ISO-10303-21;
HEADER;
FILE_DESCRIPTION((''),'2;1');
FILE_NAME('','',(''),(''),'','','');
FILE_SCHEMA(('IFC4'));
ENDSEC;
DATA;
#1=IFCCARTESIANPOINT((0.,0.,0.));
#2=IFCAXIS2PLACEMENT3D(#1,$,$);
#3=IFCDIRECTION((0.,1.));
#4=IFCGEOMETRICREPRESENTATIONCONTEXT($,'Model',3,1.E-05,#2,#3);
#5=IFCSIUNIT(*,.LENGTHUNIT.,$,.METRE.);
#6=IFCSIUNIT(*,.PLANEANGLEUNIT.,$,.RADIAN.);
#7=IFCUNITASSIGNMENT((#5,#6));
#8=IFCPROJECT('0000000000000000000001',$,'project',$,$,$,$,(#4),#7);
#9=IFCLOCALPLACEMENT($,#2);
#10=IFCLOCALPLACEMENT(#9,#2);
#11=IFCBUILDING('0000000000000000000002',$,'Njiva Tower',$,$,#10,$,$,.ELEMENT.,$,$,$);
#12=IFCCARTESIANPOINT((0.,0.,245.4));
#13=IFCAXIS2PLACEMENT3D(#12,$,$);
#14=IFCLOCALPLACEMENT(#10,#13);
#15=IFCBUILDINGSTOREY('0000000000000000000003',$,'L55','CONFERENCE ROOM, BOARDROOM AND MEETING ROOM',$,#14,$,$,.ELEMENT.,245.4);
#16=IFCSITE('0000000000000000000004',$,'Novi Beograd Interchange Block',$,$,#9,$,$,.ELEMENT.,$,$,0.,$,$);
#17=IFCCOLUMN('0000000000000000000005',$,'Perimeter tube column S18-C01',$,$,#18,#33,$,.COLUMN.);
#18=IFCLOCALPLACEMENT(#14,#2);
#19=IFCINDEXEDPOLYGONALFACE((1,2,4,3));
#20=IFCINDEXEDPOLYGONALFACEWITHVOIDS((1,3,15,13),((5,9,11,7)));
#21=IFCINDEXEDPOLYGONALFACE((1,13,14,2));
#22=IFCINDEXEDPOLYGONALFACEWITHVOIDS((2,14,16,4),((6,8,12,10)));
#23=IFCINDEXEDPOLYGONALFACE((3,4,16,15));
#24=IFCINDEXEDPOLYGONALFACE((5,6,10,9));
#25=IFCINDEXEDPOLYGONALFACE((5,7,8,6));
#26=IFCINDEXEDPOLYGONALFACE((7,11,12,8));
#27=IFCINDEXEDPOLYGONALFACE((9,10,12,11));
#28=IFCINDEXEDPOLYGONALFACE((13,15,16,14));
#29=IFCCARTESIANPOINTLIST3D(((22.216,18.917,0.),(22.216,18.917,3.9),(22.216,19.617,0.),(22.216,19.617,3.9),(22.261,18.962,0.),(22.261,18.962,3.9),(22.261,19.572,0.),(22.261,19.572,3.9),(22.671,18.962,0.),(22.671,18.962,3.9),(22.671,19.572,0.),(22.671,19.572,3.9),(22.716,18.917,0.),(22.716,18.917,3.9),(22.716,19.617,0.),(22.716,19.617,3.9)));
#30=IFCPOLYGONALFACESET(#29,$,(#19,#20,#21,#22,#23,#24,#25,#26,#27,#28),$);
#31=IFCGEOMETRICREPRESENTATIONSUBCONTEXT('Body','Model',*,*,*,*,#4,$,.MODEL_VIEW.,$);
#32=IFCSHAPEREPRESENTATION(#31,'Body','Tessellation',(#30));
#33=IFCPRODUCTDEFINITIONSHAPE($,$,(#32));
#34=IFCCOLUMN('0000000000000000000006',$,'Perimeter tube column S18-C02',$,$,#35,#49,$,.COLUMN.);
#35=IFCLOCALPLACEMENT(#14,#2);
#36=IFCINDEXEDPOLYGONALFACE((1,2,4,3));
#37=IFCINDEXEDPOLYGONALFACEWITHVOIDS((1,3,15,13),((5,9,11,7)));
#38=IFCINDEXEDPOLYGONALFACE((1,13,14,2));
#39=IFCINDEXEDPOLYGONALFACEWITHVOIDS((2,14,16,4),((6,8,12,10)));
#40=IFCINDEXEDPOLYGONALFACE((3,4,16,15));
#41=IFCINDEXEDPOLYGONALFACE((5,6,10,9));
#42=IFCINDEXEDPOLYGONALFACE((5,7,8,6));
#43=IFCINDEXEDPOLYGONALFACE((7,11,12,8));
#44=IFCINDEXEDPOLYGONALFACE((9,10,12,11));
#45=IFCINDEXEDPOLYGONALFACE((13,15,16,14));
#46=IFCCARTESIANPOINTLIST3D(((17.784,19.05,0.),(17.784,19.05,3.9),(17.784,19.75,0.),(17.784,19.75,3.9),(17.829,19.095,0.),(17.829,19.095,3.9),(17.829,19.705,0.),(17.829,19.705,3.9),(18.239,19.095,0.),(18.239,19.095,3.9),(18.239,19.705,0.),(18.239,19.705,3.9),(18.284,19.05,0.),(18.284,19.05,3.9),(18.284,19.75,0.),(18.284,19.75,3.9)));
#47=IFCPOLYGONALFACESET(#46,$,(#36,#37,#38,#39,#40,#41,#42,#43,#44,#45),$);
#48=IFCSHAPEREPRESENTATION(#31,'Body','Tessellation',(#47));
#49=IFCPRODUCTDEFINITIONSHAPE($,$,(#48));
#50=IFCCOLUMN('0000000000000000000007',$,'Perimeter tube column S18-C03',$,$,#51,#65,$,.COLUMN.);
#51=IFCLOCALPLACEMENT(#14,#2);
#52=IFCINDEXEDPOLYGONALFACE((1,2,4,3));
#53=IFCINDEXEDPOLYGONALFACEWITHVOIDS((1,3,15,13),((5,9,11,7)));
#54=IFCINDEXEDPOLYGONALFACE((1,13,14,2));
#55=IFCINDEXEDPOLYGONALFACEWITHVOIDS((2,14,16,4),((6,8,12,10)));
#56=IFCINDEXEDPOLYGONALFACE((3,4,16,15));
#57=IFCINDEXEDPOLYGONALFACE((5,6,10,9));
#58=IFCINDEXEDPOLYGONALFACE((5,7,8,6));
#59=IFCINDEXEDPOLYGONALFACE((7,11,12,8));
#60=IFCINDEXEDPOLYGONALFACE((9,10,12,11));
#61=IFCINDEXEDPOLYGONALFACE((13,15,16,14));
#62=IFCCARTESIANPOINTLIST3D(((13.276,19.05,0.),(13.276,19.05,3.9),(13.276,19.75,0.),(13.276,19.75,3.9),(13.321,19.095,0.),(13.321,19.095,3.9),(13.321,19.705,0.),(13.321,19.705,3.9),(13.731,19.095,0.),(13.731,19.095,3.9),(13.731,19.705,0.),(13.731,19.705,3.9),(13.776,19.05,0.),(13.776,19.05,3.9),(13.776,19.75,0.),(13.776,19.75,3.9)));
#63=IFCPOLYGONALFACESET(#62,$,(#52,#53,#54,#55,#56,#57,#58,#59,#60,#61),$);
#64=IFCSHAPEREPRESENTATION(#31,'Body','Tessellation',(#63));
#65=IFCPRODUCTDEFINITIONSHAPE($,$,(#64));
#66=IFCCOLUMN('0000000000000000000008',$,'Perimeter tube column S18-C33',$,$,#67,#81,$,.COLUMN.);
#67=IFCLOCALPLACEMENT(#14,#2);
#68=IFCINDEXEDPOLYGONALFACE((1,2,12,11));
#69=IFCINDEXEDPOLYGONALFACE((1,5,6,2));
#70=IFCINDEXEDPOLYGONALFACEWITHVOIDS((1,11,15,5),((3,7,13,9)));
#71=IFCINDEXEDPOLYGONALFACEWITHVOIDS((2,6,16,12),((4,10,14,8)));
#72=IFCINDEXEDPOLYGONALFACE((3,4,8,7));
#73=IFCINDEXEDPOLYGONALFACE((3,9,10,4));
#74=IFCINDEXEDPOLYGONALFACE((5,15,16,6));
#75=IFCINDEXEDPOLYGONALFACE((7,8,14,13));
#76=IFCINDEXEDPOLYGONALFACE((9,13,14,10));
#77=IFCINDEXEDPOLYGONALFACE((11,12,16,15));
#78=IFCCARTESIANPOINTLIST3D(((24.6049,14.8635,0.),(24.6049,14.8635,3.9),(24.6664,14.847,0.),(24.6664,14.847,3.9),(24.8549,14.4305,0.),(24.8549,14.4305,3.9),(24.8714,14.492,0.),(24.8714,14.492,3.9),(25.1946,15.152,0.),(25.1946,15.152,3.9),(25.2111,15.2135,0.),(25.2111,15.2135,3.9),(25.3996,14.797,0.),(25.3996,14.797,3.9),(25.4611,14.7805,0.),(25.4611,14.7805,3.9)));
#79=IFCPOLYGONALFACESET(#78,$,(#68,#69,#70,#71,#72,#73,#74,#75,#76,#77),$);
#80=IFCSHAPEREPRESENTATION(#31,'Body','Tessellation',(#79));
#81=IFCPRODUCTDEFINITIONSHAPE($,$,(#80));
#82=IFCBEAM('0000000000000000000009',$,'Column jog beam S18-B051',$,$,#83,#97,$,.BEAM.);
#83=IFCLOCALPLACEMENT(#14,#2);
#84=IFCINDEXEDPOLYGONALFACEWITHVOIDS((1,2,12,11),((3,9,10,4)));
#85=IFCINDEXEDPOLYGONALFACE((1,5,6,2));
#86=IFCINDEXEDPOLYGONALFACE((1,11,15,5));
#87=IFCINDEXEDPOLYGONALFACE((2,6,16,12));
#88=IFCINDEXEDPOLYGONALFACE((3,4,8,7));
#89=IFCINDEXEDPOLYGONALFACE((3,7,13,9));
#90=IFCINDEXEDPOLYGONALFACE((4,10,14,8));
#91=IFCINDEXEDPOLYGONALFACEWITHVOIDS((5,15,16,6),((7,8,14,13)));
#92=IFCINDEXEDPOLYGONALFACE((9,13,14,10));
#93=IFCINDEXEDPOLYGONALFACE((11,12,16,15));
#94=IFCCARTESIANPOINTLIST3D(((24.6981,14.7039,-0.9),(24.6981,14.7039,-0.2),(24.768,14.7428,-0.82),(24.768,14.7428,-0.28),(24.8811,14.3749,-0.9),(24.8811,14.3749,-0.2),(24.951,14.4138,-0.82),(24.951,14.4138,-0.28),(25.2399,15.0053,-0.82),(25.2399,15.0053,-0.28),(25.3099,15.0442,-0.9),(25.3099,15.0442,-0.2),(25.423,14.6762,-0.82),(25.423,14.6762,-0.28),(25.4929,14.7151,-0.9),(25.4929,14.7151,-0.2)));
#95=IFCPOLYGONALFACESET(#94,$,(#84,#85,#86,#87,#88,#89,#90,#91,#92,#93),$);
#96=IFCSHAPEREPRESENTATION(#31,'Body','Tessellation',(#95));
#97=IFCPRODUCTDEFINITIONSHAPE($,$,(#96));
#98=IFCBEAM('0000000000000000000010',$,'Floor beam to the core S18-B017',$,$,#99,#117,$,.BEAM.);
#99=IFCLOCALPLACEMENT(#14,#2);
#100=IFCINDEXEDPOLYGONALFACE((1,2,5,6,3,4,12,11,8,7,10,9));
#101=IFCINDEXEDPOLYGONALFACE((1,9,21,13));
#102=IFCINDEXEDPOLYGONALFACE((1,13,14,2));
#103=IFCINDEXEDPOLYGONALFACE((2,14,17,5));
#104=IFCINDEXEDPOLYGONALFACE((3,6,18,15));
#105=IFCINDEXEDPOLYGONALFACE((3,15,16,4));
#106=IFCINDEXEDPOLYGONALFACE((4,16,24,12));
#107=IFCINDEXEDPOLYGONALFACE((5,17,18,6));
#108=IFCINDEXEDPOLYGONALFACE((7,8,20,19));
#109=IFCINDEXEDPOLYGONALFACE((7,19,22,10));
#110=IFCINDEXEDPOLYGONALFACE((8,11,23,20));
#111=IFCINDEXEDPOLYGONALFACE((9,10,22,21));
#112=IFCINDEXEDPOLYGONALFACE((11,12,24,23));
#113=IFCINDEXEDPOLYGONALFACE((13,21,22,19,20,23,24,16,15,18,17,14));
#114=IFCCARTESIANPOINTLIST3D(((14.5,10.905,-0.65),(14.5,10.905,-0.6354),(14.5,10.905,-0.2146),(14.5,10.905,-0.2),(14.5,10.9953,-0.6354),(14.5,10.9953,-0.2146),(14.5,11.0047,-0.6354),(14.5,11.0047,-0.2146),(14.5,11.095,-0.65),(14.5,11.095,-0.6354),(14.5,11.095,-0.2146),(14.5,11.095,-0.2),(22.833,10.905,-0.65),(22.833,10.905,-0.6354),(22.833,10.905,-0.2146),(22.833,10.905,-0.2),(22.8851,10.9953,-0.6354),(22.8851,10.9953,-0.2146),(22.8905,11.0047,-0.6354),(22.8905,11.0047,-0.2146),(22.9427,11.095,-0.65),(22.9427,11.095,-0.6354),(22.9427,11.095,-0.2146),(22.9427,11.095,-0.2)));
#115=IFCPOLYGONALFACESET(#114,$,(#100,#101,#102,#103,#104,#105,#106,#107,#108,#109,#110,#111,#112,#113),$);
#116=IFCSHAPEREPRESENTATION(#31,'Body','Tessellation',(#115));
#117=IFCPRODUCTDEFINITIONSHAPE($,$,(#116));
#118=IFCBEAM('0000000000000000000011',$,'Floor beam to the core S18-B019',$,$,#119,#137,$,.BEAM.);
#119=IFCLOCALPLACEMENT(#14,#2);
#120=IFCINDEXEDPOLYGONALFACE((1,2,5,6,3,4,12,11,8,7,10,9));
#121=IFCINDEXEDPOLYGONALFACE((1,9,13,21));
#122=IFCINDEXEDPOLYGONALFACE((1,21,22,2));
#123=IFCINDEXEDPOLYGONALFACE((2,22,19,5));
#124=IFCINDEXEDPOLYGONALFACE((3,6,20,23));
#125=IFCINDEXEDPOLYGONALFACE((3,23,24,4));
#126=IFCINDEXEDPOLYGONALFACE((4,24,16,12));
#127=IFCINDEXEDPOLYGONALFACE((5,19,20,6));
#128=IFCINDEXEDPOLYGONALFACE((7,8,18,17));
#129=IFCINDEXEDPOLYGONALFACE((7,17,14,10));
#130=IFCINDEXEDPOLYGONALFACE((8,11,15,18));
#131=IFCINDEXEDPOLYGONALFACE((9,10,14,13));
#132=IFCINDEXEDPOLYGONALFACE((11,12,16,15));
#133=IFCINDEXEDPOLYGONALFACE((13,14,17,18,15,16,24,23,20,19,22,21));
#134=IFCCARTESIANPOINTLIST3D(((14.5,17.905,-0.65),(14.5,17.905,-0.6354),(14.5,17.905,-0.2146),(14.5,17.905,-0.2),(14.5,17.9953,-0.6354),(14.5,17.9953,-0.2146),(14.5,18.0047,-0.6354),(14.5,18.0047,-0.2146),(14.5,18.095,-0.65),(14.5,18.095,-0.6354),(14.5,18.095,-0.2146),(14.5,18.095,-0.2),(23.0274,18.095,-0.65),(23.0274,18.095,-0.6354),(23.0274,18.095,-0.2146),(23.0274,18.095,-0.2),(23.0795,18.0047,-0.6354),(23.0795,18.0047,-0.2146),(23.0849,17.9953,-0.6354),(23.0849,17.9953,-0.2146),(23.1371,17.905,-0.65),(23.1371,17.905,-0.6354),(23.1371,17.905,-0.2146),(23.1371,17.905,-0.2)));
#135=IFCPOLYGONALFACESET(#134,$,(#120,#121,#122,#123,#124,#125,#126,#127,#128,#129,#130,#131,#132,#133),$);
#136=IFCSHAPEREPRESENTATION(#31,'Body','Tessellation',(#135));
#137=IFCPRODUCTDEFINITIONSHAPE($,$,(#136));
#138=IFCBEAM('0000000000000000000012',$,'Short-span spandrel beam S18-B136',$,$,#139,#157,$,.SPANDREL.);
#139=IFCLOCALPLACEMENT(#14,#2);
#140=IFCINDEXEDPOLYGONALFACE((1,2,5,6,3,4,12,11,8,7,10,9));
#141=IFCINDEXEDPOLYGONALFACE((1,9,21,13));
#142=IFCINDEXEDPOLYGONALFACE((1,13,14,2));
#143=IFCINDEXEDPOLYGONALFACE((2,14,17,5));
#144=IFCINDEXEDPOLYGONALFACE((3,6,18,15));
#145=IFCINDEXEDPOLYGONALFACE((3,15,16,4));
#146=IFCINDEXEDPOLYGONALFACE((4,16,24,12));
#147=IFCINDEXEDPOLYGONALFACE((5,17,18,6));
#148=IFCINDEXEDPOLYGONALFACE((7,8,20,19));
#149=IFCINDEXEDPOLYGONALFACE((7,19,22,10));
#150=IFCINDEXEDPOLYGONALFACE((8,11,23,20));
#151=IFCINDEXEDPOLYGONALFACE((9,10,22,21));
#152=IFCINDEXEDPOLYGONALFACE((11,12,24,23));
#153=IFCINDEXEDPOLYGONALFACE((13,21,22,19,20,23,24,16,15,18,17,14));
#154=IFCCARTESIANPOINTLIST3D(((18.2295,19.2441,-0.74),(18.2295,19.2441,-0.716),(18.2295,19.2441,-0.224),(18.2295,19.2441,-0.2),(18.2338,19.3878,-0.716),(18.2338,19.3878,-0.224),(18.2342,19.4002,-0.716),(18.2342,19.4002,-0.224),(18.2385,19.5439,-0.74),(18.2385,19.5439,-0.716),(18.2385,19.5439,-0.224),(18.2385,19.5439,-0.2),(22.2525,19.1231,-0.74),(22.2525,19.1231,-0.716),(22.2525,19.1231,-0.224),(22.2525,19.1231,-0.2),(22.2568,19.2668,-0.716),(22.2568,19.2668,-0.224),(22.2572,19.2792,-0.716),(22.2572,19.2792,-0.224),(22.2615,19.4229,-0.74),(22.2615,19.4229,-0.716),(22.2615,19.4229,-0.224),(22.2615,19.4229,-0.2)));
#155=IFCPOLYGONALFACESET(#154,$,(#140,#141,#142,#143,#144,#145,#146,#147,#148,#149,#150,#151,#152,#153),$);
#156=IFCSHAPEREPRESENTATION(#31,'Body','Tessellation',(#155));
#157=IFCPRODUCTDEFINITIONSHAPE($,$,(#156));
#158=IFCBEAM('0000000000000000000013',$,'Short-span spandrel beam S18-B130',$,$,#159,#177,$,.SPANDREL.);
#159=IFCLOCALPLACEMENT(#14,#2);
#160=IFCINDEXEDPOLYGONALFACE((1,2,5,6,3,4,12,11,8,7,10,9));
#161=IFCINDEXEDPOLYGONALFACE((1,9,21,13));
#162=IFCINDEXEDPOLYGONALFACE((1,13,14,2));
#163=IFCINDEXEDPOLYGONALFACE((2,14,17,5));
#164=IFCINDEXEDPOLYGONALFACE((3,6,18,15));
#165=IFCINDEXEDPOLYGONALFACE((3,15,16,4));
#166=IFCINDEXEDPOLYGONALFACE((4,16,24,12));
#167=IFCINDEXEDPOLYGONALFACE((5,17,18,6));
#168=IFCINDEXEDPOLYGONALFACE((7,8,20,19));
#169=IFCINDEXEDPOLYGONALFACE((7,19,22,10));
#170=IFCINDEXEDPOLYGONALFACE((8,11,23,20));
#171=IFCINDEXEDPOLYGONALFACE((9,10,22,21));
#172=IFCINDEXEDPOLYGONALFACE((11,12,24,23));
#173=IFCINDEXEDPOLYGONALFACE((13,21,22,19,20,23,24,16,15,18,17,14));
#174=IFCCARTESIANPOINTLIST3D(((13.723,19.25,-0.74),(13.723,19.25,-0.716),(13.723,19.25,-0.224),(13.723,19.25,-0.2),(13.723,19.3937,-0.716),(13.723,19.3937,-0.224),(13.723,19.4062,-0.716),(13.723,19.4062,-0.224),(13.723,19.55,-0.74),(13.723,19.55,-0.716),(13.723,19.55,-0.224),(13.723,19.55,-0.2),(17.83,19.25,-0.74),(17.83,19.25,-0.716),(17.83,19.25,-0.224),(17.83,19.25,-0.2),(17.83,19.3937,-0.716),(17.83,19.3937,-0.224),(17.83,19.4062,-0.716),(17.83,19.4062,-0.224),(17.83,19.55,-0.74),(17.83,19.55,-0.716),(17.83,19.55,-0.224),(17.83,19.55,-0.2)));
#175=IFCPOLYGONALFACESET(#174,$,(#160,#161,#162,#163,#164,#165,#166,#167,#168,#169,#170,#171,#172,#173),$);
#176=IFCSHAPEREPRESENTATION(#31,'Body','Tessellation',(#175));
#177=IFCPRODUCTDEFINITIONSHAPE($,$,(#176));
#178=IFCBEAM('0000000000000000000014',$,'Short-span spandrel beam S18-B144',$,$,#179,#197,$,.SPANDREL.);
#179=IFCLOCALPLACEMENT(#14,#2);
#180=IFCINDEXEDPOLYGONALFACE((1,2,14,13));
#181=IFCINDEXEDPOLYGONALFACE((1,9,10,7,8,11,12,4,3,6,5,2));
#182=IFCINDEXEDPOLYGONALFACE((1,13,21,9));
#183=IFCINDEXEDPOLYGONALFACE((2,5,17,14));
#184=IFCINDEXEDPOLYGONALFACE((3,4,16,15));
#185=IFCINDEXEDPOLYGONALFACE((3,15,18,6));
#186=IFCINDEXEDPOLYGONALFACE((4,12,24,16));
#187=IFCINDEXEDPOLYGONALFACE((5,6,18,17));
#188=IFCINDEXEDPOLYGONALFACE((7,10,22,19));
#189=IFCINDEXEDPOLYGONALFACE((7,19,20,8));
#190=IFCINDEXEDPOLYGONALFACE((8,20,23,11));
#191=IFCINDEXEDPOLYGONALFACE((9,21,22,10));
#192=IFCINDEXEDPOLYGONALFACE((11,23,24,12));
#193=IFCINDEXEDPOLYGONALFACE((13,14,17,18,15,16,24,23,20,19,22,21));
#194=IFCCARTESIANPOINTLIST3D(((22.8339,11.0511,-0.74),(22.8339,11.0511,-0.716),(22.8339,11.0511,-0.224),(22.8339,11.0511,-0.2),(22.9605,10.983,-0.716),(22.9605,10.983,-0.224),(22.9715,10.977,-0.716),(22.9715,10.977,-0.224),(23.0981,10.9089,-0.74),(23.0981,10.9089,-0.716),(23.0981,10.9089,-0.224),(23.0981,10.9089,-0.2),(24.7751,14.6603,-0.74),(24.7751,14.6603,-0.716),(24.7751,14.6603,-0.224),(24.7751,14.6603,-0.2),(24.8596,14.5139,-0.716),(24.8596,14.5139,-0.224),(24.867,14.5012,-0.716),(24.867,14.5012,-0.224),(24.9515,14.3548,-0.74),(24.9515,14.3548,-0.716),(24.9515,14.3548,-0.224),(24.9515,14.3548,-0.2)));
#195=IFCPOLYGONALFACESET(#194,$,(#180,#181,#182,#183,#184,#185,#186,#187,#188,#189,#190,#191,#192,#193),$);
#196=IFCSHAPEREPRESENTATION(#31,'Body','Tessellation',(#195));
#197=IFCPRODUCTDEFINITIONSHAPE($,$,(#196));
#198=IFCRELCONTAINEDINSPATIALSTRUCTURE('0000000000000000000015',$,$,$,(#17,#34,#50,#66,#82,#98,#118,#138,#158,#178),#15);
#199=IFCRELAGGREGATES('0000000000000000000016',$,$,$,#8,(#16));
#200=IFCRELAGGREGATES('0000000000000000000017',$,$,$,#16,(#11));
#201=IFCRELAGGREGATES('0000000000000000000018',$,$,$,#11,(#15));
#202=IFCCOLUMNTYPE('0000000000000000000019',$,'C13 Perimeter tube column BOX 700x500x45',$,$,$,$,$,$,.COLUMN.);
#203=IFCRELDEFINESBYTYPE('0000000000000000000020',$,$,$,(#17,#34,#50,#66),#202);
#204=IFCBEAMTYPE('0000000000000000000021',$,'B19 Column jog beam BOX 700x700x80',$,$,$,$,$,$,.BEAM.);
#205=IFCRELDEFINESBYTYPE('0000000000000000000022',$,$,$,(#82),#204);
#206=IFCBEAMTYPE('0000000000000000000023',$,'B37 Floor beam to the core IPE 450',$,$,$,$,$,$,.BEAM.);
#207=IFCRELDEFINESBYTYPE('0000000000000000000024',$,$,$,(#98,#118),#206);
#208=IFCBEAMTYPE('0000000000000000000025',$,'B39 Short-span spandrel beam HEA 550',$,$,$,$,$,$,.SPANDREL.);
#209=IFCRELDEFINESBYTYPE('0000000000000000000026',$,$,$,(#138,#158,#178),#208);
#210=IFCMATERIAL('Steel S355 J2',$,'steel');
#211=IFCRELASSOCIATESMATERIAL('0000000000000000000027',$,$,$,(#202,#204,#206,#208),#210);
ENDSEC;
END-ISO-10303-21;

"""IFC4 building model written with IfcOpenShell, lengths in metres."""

from ifc_helpers import new_model, si_unit, direction, frame, origin, origin_2d, place, context, subcontext, project, spatial, hollow_rectangle, i_section, extrude, clip, halfspace, material, material_profile, profile_set, type_object, element, save


model = new_model("IFC4")

# Units and contexts
model_context = context("Model", 3, precision=1e-05, world=origin(), true_north=direction((0.0, 1.0)))
body_context = subcontext(model_context, "Body", "Model", "MODEL_VIEW")
ifc_project = project(units=[si_unit("LENGTHUNIT", "METRE"), si_unit("PLANEANGLEUNIT", "RADIAN")], contexts=[model_context])

# Site, building, storey
site_placement = place(None, origin())
site = spatial("IfcSite", under=ifc_project, at=site_placement, Name="Novi Beograd Interchange Block", CompositionType="ELEMENT", RefElevation=0.0)
building_placement = place(site_placement, origin())
building = spatial("IfcBuilding", under=site, at=building_placement, Name="Njiva Tower", CompositionType="ELEMENT")
storey_placement = place(building_placement, frame((0.0, 0.0, 245.4)))
storey = spatial("IfcBuildingStorey", under=building, at=storey_placement, Name="L55", Description="CONFERENCE ROOM, BOARDROOM AND MEETING ROOM", CompositionType="ELEMENT", Elevation=245.4)

# Columns
ifc_material_1 = material(Name="Steel S355 J2", Category="steel")
ifc_material_profile_1 = material_profile(ifc_material_1, hollow_rectangle(XDim=0.5, YDim=0.7, WallThickness=0.045, at=origin_2d()), Name="BOX 700x500x45")
ifc_profile_set_1 = profile_set([ifc_material_profile_1], Name="Steel S355 J2")
column_type = type_object("IfcColumnType", Name="C13 Perimeter tube column BOX 700x500x45", PredefinedType="COLUMN", material=ifc_profile_set_1)
for number, where, z_axis, x_axis, name in (
    (1, (22.466, 19.267, 0.0), (0.0, 0.0, 1.0), (-1.0, 0.0, 0.0), "Perimeter tube column S18-C01"),
    (2, (18.034, 19.4, 0.0), (0.0, 0.0, 1.0), (-1.0, 0.0, 0.0), "Perimeter tube column S18-C02"),
    (3, (13.526, 19.4, 0.0), (0.0, 0.0, 1.0), (-1.0, 0.0, 0.0), "Perimeter tube column S18-C03"),
    (4, (25.033, 14.822, 0.0), (0.0, 0.0, 1.0), (-0.5, 0.866025, 0.0), "Perimeter tube column S18-C33"),
):
    element("IfcColumn", number, at=place(storey_placement, frame(where, z_axis=z_axis, x_axis=x_axis)), inside=storey, type_object=column_type, Name=name, PredefinedType="COLUMN", context=body_context, shape_type="SweptSolid", body=[
        extrude(hollow_rectangle(XDim=0.5, YDim=0.7, WallThickness=0.045, at=origin_2d()), origin(), (0.0, 0.0, 1.0), 3.9),
    ])

# Beams
ifc_material_profile_2 = material_profile(ifc_material_1, hollow_rectangle(XDim=0.7, YDim=0.7, WallThickness=0.08, at=origin_2d()), Name="BOX 700x700x80")
ifc_profile_set_2 = profile_set([ifc_material_profile_2], Name="Steel S355 J2")
beam_type_1 = type_object("IfcBeamType", Name="B19 Column jog beam BOX 700x700x80", PredefinedType="BEAM", material=ifc_profile_set_2)
beam_1_placement = place(storey_placement, frame((25.187, 14.545, -0.55), z_axis=(-0.486094, 0.873907, 0.0), x_axis=(-0.873907, -0.486094, 0.0)))
element("IfcBeam", 5, at=beam_1_placement, inside=storey, type_object=beam_type_1, Name="Column jog beam S18-B051", PredefinedType="BEAM", context=body_context, shape_type="SweptSolid", body=[
    extrude(hollow_rectangle(XDim=0.7, YDim=0.7, WallThickness=0.08, at=origin_2d()), origin(), (0.0, 0.0, 1.0), 0.3765),
])
ifc_material_profile_3 = material_profile(ifc_material_1, i_section(OverallWidth=0.19, OverallDepth=0.45, WebThickness=0.0094, FlangeThickness=0.0146, at=origin_2d()), Name="IPE 450")
ifc_profile_set_3 = profile_set([ifc_material_profile_3], Name="Steel S355 J2")
beam_type_2 = type_object("IfcBeamType", Name="B37 Floor beam to the core IPE 450", PredefinedType="BEAM", material=ifc_profile_set_3)
beam_2_placement = place(storey_placement, frame((14.5, 11.0, -0.425), z_axis=(1.0, 0.0, 0.0), x_axis=(0.0, 1.0, 0.0)))
element("IfcBeam", 6, at=beam_2_placement, inside=storey, type_object=beam_type_2, Name="Floor beam to the core S18-B017", PredefinedType="BEAM", context=body_context, shape_type="Clipping", body=[
    clip(extrude(i_section(OverallWidth=0.19, OverallDepth=0.45, WebThickness=0.0094, FlangeThickness=0.0146, at=origin_2d()), origin(), (0.0, 0.0, 1.0), 8.463), halfspace(frame((-0.025, 0.0, 8.3734), z_axis=(-0.499998, 0.0, 0.866027), x_axis=(0.0, 1.0, 0.0)), False)),
])
beam_3_placement = place(storey_placement, frame((14.5, 18.0, -0.425), z_axis=(1.0, 0.0, 0.0), x_axis=(0.0, 1.0, 0.0)))
element("IfcBeam", 7, at=beam_3_placement, inside=storey, type_object=beam_type_2, Name="Floor beam to the core S18-B019", PredefinedType="BEAM", context=body_context, shape_type="Clipping", body=[
    clip(extrude(i_section(OverallWidth=0.19, OverallDepth=0.45, WebThickness=0.0094, FlangeThickness=0.0146, at=origin_2d()), origin(), (0.0, 0.0, 1.0), 8.657), halfspace(frame((0.025, 0.0, 8.5678), z_axis=(0.499998, 0.0, 0.866027), x_axis=(0.0, 1.0, 0.0)), False)),
])
ifc_material_profile_4 = material_profile(ifc_material_1, i_section(OverallWidth=0.3, OverallDepth=0.54, WebThickness=0.0125, FlangeThickness=0.024, at=origin_2d()), Name="HEA 550")
ifc_profile_set_4 = profile_set([ifc_material_profile_4], Name="Steel S355 J2")
beam_type_3 = type_object("IfcBeamType", Name="B39 Short-span spandrel beam HEA 550", PredefinedType="SPANDREL", material=ifc_profile_set_4)
beam_4_placement = place(storey_placement, frame((22.257, 19.273, -0.47), z_axis=(-0.999548, 0.030063, 0.0), x_axis=(-0.030063, -0.999548, 0.0)))
element("IfcBeam", 8, at=beam_4_placement, inside=storey, type_object=beam_type_3, Name="Short-span spandrel beam S18-B136", PredefinedType="SPANDREL", context=body_context, shape_type="SweptSolid", body=[
    extrude(i_section(OverallWidth=0.3, OverallDepth=0.54, WebThickness=0.0125, FlangeThickness=0.024, at=origin_2d()), origin(), (0.0, 0.0, 1.0), 4.0248),
])
beam_5_placement = place(storey_placement, frame((17.83, 19.4, -0.47), z_axis=(-1.0, 0.0, 0.0), x_axis=(0.0, -1.0, 0.0)))
element("IfcBeam", 9, at=beam_5_placement, inside=storey, type_object=beam_type_3, Name="Short-span spandrel beam S18-B130", PredefinedType="SPANDREL", context=body_context, shape_type="SweptSolid", body=[
    extrude(i_section(OverallWidth=0.3, OverallDepth=0.54, WebThickness=0.0125, FlangeThickness=0.024, at=origin_2d()), origin(), (0.0, 0.0, 1.0), 4.107),
])
beam_6_placement = place(storey_placement, frame((22.966, 10.98, -0.47), z_axis=(0.473683, 0.880696, 0.0), x_axis=(-0.880696, 0.473683, 0.0)))
element("IfcBeam", 10, at=beam_6_placement, inside=storey, type_object=beam_type_3, Name="Short-span spandrel beam S18-B144", PredefinedType="SPANDREL", context=body_context, shape_type="Clipping", body=[
    clip(extrude(i_section(OverallWidth=0.3, OverallDepth=0.54, WebThickness=0.0125, FlangeThickness=0.024, at=origin_2d()), origin(), (0.0, 0.0, 1.0), 4.1178), halfspace(frame((-0.0264, 0.0, 3.9891), z_axis=(-0.525865, 0.0, 0.850568), x_axis=(0.0, 1.0, 0.0)), False)),
])

save(model, "model.ifc")
